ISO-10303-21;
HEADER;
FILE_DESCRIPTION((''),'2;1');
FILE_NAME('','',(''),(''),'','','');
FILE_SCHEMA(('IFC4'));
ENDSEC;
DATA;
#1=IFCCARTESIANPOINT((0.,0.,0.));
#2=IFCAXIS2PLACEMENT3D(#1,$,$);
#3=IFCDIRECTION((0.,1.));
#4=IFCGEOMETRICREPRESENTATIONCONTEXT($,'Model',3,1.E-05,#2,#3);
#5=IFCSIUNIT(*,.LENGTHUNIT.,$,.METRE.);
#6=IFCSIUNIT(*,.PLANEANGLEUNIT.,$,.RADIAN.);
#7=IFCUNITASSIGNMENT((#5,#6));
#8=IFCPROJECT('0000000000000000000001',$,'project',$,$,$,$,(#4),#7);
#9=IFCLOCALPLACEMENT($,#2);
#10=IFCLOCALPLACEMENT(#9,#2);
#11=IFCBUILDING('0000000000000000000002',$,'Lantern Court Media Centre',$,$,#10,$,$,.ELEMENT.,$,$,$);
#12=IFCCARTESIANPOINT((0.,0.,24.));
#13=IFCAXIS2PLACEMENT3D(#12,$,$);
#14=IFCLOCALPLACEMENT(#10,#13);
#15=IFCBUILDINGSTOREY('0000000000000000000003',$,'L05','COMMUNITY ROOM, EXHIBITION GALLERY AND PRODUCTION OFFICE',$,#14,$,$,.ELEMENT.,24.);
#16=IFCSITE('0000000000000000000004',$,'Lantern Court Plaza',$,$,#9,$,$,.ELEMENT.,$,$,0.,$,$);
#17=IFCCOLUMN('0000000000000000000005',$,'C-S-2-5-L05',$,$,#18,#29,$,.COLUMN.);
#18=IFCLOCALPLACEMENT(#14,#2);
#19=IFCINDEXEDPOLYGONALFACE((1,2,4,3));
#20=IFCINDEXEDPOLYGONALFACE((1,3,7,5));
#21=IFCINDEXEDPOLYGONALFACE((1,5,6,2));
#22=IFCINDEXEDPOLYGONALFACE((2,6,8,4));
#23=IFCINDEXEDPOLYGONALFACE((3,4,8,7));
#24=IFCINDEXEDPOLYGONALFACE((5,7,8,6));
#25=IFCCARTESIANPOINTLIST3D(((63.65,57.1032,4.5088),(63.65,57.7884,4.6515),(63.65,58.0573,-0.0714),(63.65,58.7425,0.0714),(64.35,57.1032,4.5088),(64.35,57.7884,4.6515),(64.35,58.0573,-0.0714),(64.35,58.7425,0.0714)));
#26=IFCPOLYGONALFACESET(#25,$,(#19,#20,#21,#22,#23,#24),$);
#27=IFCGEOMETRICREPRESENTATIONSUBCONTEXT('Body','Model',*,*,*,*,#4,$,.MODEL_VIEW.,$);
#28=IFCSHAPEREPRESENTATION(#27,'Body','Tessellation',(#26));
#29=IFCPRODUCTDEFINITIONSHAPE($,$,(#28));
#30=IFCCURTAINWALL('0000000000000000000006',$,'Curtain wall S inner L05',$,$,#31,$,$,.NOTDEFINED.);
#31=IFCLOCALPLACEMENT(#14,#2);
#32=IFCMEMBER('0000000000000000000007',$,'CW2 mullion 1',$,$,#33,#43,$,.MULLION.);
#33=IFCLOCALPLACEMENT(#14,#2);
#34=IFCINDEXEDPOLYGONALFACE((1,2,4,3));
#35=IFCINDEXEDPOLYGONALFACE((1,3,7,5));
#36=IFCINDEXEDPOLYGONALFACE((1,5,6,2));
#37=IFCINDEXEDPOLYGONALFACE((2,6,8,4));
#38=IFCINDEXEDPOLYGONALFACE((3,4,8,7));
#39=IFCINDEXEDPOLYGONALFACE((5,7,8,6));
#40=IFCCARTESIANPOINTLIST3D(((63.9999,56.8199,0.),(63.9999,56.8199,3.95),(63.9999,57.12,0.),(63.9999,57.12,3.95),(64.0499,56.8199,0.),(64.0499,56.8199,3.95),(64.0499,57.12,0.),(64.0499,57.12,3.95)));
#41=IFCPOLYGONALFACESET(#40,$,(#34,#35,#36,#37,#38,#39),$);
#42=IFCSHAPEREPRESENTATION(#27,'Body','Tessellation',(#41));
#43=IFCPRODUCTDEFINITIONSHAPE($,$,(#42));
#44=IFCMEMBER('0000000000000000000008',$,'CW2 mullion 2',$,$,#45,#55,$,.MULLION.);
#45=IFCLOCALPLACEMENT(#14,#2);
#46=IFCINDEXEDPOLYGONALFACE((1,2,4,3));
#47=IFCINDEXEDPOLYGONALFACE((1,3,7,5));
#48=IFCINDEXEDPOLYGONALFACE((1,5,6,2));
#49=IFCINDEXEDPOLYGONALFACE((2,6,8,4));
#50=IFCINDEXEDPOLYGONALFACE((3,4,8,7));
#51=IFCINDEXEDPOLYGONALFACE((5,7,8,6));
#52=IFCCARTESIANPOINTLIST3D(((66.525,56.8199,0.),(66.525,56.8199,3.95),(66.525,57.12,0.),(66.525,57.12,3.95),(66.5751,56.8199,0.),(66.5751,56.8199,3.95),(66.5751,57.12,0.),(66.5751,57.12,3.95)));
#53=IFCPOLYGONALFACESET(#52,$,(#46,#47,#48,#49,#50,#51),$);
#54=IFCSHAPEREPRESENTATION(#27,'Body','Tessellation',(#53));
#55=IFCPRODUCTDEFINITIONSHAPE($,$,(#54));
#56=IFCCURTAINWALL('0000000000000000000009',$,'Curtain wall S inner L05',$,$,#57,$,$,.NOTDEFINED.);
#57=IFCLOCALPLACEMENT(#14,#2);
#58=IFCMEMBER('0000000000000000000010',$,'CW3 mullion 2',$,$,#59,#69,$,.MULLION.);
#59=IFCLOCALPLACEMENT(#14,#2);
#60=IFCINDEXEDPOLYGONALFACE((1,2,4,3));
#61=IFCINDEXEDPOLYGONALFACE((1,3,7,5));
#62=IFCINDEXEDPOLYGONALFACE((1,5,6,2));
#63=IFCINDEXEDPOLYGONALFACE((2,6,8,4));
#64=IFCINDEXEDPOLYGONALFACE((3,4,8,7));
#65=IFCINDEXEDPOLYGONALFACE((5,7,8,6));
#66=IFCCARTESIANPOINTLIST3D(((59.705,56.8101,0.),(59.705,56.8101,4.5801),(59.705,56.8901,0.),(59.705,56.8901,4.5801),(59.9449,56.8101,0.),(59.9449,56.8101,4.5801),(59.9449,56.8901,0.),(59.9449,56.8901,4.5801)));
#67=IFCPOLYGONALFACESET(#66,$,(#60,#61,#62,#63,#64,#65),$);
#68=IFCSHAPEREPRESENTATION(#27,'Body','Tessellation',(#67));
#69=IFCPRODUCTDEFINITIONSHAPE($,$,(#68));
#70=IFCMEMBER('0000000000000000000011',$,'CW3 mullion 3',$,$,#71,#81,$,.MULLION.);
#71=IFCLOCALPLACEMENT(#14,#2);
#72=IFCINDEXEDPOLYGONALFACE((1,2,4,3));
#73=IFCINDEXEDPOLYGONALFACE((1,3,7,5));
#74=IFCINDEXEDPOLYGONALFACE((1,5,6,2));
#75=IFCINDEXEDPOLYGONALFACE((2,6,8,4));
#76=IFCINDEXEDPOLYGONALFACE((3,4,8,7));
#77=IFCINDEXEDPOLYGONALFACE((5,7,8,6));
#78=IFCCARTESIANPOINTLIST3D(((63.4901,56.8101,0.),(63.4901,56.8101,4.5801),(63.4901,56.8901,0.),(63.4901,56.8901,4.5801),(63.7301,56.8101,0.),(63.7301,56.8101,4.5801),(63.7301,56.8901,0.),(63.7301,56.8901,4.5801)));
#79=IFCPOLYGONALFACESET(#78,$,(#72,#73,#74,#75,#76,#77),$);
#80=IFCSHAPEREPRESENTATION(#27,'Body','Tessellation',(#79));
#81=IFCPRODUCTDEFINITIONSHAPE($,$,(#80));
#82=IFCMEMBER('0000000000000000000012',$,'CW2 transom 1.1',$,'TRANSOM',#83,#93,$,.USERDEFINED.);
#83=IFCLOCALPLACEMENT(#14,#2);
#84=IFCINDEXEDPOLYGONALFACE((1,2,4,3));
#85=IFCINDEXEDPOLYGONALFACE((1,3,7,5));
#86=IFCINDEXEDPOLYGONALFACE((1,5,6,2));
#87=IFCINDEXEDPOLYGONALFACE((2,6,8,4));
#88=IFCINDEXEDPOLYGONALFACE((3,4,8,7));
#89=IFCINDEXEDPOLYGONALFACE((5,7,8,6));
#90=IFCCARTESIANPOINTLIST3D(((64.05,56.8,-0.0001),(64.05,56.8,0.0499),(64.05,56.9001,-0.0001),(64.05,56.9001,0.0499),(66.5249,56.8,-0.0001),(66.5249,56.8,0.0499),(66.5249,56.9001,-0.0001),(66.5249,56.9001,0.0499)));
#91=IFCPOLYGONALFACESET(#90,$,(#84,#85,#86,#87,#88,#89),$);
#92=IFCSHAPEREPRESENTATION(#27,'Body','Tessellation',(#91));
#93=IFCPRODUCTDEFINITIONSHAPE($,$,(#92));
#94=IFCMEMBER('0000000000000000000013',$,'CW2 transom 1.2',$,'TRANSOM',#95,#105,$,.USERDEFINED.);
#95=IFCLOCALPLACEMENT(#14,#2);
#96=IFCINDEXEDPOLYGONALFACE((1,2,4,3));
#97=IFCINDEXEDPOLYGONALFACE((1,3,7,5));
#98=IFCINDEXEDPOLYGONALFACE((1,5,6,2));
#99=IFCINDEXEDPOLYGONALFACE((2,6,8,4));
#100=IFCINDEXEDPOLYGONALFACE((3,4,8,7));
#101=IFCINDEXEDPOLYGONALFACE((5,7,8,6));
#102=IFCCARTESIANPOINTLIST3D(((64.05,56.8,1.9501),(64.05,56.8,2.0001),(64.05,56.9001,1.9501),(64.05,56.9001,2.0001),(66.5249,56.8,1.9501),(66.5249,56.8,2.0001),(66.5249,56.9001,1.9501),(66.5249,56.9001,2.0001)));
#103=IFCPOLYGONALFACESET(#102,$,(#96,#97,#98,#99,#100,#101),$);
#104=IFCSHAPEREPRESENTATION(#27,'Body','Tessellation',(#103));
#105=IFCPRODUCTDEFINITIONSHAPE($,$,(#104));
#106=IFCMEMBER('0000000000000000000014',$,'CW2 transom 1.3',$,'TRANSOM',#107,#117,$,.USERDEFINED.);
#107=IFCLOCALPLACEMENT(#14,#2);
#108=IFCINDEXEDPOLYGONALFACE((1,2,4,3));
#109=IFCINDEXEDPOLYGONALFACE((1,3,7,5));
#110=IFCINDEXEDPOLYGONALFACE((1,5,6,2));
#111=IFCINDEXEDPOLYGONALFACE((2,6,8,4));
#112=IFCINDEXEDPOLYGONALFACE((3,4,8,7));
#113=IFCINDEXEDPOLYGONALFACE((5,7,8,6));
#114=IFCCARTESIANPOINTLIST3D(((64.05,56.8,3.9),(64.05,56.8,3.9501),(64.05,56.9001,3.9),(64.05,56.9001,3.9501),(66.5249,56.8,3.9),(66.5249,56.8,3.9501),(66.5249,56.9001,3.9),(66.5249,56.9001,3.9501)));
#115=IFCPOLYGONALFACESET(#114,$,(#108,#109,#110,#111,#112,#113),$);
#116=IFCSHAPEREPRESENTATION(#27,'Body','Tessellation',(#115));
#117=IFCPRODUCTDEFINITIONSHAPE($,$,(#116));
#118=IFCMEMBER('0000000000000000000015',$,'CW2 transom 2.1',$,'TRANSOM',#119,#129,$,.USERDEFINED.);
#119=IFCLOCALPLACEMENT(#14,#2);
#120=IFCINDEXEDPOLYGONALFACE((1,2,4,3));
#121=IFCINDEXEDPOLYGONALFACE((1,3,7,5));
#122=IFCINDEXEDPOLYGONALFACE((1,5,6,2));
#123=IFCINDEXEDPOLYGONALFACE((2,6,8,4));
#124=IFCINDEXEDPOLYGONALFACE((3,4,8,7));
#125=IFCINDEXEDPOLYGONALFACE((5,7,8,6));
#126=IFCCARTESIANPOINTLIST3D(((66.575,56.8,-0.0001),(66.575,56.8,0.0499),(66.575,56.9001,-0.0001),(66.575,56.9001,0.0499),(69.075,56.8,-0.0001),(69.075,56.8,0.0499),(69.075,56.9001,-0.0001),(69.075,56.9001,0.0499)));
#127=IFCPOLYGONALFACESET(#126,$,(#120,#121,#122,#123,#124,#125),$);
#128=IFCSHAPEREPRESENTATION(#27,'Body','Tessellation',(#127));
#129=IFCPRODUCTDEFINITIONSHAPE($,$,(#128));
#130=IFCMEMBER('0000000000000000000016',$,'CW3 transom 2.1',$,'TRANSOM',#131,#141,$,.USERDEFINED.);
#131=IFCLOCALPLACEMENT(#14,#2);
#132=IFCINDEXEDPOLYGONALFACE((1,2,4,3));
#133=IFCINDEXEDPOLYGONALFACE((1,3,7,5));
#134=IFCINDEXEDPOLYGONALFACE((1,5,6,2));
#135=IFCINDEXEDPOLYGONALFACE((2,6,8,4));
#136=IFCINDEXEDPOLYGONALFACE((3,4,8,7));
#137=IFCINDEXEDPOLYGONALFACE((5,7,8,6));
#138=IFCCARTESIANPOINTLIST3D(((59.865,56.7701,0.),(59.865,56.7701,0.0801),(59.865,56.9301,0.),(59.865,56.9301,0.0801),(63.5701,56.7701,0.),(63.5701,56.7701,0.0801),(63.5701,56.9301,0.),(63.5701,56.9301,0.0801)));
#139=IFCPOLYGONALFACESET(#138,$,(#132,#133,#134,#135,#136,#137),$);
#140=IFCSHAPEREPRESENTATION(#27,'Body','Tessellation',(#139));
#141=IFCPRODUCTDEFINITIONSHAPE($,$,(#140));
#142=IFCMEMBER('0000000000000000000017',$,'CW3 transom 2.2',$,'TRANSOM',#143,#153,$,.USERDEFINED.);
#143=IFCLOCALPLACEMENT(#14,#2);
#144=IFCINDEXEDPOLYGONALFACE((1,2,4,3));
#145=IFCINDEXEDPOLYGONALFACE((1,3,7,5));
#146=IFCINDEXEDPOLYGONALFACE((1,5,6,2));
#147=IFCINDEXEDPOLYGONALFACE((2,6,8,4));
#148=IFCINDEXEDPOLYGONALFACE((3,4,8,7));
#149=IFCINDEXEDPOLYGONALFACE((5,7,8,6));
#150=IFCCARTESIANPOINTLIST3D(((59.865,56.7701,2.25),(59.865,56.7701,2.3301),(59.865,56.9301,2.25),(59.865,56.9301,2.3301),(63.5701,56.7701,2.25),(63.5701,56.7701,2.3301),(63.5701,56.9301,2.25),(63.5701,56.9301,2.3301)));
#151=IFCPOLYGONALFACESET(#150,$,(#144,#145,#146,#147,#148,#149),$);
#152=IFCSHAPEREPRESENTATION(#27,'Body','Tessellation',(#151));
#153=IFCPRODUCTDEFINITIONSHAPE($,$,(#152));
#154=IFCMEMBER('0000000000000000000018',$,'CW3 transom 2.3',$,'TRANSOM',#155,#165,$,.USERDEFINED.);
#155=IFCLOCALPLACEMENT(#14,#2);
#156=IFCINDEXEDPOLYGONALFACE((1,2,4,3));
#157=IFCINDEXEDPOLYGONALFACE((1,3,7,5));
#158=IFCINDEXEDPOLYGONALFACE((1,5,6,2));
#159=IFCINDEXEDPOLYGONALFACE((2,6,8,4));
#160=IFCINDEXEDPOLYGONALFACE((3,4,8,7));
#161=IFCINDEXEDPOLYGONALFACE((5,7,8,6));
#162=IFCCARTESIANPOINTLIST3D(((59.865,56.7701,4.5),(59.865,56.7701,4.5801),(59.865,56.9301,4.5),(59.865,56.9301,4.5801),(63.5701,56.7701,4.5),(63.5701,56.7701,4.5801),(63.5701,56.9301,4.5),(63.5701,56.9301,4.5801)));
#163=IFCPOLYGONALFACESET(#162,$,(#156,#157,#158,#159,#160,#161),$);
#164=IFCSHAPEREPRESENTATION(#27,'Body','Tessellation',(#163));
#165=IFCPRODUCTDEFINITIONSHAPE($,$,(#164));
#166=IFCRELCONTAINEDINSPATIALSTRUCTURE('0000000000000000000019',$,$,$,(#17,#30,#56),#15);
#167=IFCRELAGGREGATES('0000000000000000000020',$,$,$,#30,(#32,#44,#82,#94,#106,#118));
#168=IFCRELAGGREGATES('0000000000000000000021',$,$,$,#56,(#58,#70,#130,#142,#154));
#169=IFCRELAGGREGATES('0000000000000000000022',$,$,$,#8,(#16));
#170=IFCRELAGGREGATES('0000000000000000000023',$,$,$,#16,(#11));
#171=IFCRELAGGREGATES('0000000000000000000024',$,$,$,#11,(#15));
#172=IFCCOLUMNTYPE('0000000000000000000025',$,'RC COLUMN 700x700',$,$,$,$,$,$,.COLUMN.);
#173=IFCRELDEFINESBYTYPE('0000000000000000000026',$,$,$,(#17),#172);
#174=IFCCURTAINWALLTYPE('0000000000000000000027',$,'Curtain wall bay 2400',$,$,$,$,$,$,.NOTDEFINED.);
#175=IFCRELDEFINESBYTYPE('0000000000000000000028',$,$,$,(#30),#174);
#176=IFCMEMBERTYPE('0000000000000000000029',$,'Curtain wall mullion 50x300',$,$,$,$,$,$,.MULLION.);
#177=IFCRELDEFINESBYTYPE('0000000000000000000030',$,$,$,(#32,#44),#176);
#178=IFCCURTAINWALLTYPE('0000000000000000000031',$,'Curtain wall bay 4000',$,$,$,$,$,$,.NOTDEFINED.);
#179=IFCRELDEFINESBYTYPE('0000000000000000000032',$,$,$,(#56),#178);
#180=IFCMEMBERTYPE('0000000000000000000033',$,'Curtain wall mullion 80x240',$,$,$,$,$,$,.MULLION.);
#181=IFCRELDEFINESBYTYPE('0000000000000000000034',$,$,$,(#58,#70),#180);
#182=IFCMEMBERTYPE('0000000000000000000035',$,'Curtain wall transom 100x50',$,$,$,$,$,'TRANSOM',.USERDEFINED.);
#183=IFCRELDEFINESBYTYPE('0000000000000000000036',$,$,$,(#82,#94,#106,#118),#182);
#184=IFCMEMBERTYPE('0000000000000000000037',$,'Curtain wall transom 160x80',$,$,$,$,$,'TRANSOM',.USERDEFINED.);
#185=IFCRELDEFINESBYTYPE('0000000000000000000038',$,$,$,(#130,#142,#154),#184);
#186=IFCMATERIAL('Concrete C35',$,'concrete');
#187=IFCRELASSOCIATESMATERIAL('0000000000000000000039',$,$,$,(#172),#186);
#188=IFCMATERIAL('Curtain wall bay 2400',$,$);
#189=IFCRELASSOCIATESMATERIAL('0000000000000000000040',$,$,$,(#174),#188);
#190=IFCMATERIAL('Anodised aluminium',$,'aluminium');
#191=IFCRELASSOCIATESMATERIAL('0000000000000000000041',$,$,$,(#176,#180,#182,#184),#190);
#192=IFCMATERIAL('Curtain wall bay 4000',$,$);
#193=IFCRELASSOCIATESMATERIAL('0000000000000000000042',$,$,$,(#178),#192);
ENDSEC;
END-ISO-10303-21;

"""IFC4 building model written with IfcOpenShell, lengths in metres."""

from ifc_helpers import new_model, si_unit, direction, frame, origin, origin_2d, place, context, subcontext, project, spatial, rectangle, extrude, material, material_profile, profile_set, type_object, element, aggregate, save


model = new_model("IFC4")

# Units and contexts
model_context = context("Model", 3, precision=1e-05, world=origin(), true_north=direction((0.0, 1.0)))
body_context = subcontext(model_context, "Body", "Model", "MODEL_VIEW")
ifc_project = project(units=[si_unit("LENGTHUNIT", "METRE"), si_unit("PLANEANGLEUNIT", "RADIAN")], contexts=[model_context])

# Site, building, storey
site_placement = place(None, origin())
site = spatial("IfcSite", under=ifc_project, at=site_placement, Name="Lantern Court Plaza", CompositionType="ELEMENT", RefElevation=0.0)
building_placement = place(site_placement, origin())
building = spatial("IfcBuilding", under=site, at=building_placement, Name="Lantern Court Media Centre", CompositionType="ELEMENT")
storey_placement = place(building_placement, frame((0.0, 0.0, 24.0)))
storey = spatial("IfcBuildingStorey", under=building, at=storey_placement, Name="L05", Description="COMMUNITY ROOM, EXHIBITION GALLERY AND PRODUCTION OFFICE", CompositionType="ELEMENT", Elevation=24.0)

# Column
ifc_material_1 = material(Name="Concrete C35", Category="concrete")
ifc_material_profile_1 = material_profile(ifc_material_1, rectangle(XDim=0.7, YDim=0.7, at=origin_2d()), Name="RC 700x700")
ifc_profile_set_1 = profile_set([ifc_material_profile_1], Name="Concrete C35")
column_type = type_object("IfcColumnType", Name="RC COLUMN 700x700", PredefinedType="COLUMN", material=ifc_profile_set_1)
column_placement = place(storey_placement, frame((64.0, 58.3999, 0.0), z_axis=(0.0, -0.203938, 0.978984), x_axis=(1.0, 0.0, 0.0)))
element("IfcColumn", 1, at=column_placement, inside=storey, type_object=column_type, Name="C-S-2-5-L05", PredefinedType="COLUMN", context=body_context, shape_type="SweptSolid", body=[
    extrude(rectangle(XDim=0.7, YDim=0.7, at=origin_2d()), origin(), (0.0, 0.0, 1.0), 4.6785),
])

# Curtain walls, members
ifc_material_2 = material(Name="Curtain wall bay 2400")
curtain_wall_type_1 = type_object("IfcCurtainWallType", Name="Curtain wall bay 2400", PredefinedType="NOTDEFINED", material=ifc_material_2)
curtain_wall_1_placement = place(storey_placement, origin())
curtain_wall_1 = element("IfcCurtainWall", 2, at=curtain_wall_1_placement, inside=storey, type_object=curtain_wall_type_1, Name="Curtain wall S inner L05", PredefinedType="NOTDEFINED")
ifc_material_3 = material(Name="Anodised aluminium", Category="aluminium")
ifc_material_profile_2 = material_profile(ifc_material_3, rectangle(XDim=0.3, YDim=0.05, at=origin_2d()), Name="AL 50x300")
ifc_profile_set_2 = profile_set([ifc_material_profile_2], Name="Anodised aluminium")
member_type_1 = type_object("IfcMemberType", Name="Curtain wall mullion 50x300", PredefinedType="MULLION", material=ifc_profile_set_2)
member_1_placement = place(storey_placement, frame((64.0249, 56.97, 0.0), z_axis=(0.0, 0.0, 1.0), x_axis=(0.0, 1.0, 0.0)))
member_1 = element("IfcMember", 3, at=member_1_placement, type_object=member_type_1, Name="CW2 mullion 1", PredefinedType="MULLION", context=body_context, shape_type="SweptSolid", body=[
    extrude(rectangle(XDim=0.3, YDim=0.05, at=origin_2d()), origin(), (0.0, 0.0, 1.0), 3.95),
])
member_2_placement = place(storey_placement, frame((66.55, 56.97, 0.0), z_axis=(0.0, 0.0, 1.0), x_axis=(0.0, 1.0, 0.0)))
member_2 = element("IfcMember", 4, at=member_2_placement, type_object=member_type_1, Name="CW2 mullion 2", PredefinedType="MULLION", context=body_context, shape_type="SweptSolid", body=[
    extrude(rectangle(XDim=0.3, YDim=0.05, at=origin_2d()), origin(), (0.0, 0.0, 1.0), 3.95),
])
ifc_material_4 = material(Name="Curtain wall bay 4000")
curtain_wall_type_2 = type_object("IfcCurtainWallType", Name="Curtain wall bay 4000", PredefinedType="NOTDEFINED", material=ifc_material_4)
curtain_wall_2_placement = place(storey_placement, origin())
curtain_wall_2 = element("IfcCurtainWall", 5, at=curtain_wall_2_placement, inside=storey, type_object=curtain_wall_type_2, Name="Curtain wall S inner L05", PredefinedType="NOTDEFINED")
ifc_material_profile_3 = material_profile(ifc_material_3, rectangle(XDim=0.0801, YDim=0.24, at=origin_2d()), Name="AL 80x240")
ifc_profile_set_3 = profile_set([ifc_material_profile_3], Name="Anodised aluminium")
member_type_2 = type_object("IfcMemberType", Name="Curtain wall mullion 80x240", PredefinedType="MULLION", material=ifc_profile_set_3)
member_3_placement = place(storey_placement, frame((59.825, 56.8501, 0.0), z_axis=(0.0, 0.0, 1.0), x_axis=(0.0, 1.0, 0.0)))
member_3 = element("IfcMember", 6, at=member_3_placement, type_object=member_type_2, Name="CW3 mullion 2", PredefinedType="MULLION", context=body_context, shape_type="SweptSolid", body=[
    extrude(rectangle(XDim=0.0801, YDim=0.24, at=origin_2d()), origin(), (0.0, 0.0, 1.0), 4.5801),
])
member_4_placement = place(storey_placement, frame((63.6101, 56.8501, 0.0), z_axis=(0.0, 0.0, 1.0), x_axis=(0.0, 1.0, 0.0)))
member_4 = element("IfcMember", 7, at=member_4_placement, type_object=member_type_2, Name="CW3 mullion 3", PredefinedType="MULLION", context=body_context, shape_type="SweptSolid", body=[
    extrude(rectangle(XDim=0.0801, YDim=0.24, at=origin_2d()), origin(), (0.0, 0.0, 1.0), 4.5801),
])

# Members
ifc_material_profile_4 = material_profile(ifc_material_3, rectangle(XDim=0.1001, YDim=0.05, at=origin_2d()), Name="AL 50x100")
ifc_profile_set_4 = profile_set([ifc_material_profile_4], Name="Anodised aluminium")
member_type_3 = type_object("IfcMemberType", Name="Curtain wall transom 100x50", ElementType="TRANSOM", PredefinedType="USERDEFINED", material=ifc_profile_set_4)
member_5_placement = place(storey_placement, frame((64.05, 56.8501, 0.0249), z_axis=(1.0, 0.0, 0.0), x_axis=(0.0, 1.0, 0.0)))
member_5 = element("IfcMember", 8, at=member_5_placement, type_object=member_type_3, Name="CW2 transom 1.1", ObjectType="TRANSOM", PredefinedType="USERDEFINED", context=body_context, shape_type="SweptSolid", body=[
    extrude(rectangle(XDim=0.1001, YDim=0.05, at=origin_2d()), origin(), (0.0, 0.0, 1.0), 2.4749),
])
member_6_placement = place(storey_placement, frame((64.05, 56.8501, 1.9751), z_axis=(1.0, 0.0, 0.0), x_axis=(0.0, 1.0, 0.0)))
member_6 = element("IfcMember", 9, at=member_6_placement, type_object=member_type_3, Name="CW2 transom 1.2", ObjectType="TRANSOM", PredefinedType="USERDEFINED", context=body_context, shape_type="SweptSolid", body=[
    extrude(rectangle(XDim=0.1001, YDim=0.05, at=origin_2d()), origin(), (0.0, 0.0, 1.0), 2.4749),
])
member_7_placement = place(storey_placement, frame((64.05, 56.8501, 3.925), z_axis=(1.0, 0.0, 0.0), x_axis=(0.0, 1.0, 0.0)))
member_7 = element("IfcMember", 10, at=member_7_placement, type_object=member_type_3, Name="CW2 transom 1.3", ObjectType="TRANSOM", PredefinedType="USERDEFINED", context=body_context, shape_type="SweptSolid", body=[
    extrude(rectangle(XDim=0.1001, YDim=0.05, at=origin_2d()), origin(), (0.0, 0.0, 1.0), 2.4749),
])
member_8_placement = place(storey_placement, frame((66.575, 56.8501, 0.0249), z_axis=(1.0, 0.0, 0.0), x_axis=(0.0, 1.0, 0.0)))
member_8 = element("IfcMember", 11, at=member_8_placement, type_object=member_type_3, Name="CW2 transom 2.1", ObjectType="TRANSOM", PredefinedType="USERDEFINED", context=body_context, shape_type="SweptSolid", body=[
    extrude(rectangle(XDim=0.1001, YDim=0.05, at=origin_2d()), origin(), (0.0, 0.0, 1.0), 2.5),
])
ifc_material_profile_5 = material_profile(ifc_material_3, rectangle(XDim=0.1599, YDim=0.0801, at=origin_2d()), Name="AL 80x160")
ifc_profile_set_5 = profile_set([ifc_material_profile_5], Name="Anodised aluminium")
member_type_4 = type_object("IfcMemberType", Name="Curtain wall transom 160x80", ElementType="TRANSOM", PredefinedType="USERDEFINED", material=ifc_profile_set_5)
member_9_placement = place(storey_placement, frame((59.865, 56.8501, 0.04), z_axis=(1.0, 0.0, 0.0), x_axis=(0.0, 1.0, 0.0)))
member_9 = element("IfcMember", 12, at=member_9_placement, type_object=member_type_4, Name="CW3 transom 2.1", ObjectType="TRANSOM", PredefinedType="USERDEFINED", context=body_context, shape_type="SweptSolid", body=[
    extrude(rectangle(XDim=0.1599, YDim=0.0801, at=origin_2d()), origin(), (0.0, 0.0, 1.0), 3.7051),
])
member_10_placement = place(storey_placement, frame((59.865, 56.8501, 2.29), z_axis=(1.0, 0.0, 0.0), x_axis=(0.0, 1.0, 0.0)))
member_10 = element("IfcMember", 13, at=member_10_placement, type_object=member_type_4, Name="CW3 transom 2.2", ObjectType="TRANSOM", PredefinedType="USERDEFINED", context=body_context, shape_type="SweptSolid", body=[
    extrude(rectangle(XDim=0.1599, YDim=0.0801, at=origin_2d()), origin(), (0.0, 0.0, 1.0), 3.7051),
])
member_11_placement = place(storey_placement, frame((59.865, 56.8501, 4.54), z_axis=(1.0, 0.0, 0.0), x_axis=(0.0, 1.0, 0.0)))
member_11 = element("IfcMember", 14, at=member_11_placement, type_object=member_type_4, Name="CW3 transom 2.3", ObjectType="TRANSOM", PredefinedType="USERDEFINED", context=body_context, shape_type="SweptSolid", body=[
    extrude(rectangle(XDim=0.1599, YDim=0.0801, at=origin_2d()), origin(), (0.0, 0.0, 1.0), 3.7051),
])

aggregate(curtain_wall_1, [member_1, member_2, member_5, member_6, member_7, member_8])
aggregate(curtain_wall_2, [member_3, member_4, member_9, member_10, member_11])

save(model, "model.ifc")
